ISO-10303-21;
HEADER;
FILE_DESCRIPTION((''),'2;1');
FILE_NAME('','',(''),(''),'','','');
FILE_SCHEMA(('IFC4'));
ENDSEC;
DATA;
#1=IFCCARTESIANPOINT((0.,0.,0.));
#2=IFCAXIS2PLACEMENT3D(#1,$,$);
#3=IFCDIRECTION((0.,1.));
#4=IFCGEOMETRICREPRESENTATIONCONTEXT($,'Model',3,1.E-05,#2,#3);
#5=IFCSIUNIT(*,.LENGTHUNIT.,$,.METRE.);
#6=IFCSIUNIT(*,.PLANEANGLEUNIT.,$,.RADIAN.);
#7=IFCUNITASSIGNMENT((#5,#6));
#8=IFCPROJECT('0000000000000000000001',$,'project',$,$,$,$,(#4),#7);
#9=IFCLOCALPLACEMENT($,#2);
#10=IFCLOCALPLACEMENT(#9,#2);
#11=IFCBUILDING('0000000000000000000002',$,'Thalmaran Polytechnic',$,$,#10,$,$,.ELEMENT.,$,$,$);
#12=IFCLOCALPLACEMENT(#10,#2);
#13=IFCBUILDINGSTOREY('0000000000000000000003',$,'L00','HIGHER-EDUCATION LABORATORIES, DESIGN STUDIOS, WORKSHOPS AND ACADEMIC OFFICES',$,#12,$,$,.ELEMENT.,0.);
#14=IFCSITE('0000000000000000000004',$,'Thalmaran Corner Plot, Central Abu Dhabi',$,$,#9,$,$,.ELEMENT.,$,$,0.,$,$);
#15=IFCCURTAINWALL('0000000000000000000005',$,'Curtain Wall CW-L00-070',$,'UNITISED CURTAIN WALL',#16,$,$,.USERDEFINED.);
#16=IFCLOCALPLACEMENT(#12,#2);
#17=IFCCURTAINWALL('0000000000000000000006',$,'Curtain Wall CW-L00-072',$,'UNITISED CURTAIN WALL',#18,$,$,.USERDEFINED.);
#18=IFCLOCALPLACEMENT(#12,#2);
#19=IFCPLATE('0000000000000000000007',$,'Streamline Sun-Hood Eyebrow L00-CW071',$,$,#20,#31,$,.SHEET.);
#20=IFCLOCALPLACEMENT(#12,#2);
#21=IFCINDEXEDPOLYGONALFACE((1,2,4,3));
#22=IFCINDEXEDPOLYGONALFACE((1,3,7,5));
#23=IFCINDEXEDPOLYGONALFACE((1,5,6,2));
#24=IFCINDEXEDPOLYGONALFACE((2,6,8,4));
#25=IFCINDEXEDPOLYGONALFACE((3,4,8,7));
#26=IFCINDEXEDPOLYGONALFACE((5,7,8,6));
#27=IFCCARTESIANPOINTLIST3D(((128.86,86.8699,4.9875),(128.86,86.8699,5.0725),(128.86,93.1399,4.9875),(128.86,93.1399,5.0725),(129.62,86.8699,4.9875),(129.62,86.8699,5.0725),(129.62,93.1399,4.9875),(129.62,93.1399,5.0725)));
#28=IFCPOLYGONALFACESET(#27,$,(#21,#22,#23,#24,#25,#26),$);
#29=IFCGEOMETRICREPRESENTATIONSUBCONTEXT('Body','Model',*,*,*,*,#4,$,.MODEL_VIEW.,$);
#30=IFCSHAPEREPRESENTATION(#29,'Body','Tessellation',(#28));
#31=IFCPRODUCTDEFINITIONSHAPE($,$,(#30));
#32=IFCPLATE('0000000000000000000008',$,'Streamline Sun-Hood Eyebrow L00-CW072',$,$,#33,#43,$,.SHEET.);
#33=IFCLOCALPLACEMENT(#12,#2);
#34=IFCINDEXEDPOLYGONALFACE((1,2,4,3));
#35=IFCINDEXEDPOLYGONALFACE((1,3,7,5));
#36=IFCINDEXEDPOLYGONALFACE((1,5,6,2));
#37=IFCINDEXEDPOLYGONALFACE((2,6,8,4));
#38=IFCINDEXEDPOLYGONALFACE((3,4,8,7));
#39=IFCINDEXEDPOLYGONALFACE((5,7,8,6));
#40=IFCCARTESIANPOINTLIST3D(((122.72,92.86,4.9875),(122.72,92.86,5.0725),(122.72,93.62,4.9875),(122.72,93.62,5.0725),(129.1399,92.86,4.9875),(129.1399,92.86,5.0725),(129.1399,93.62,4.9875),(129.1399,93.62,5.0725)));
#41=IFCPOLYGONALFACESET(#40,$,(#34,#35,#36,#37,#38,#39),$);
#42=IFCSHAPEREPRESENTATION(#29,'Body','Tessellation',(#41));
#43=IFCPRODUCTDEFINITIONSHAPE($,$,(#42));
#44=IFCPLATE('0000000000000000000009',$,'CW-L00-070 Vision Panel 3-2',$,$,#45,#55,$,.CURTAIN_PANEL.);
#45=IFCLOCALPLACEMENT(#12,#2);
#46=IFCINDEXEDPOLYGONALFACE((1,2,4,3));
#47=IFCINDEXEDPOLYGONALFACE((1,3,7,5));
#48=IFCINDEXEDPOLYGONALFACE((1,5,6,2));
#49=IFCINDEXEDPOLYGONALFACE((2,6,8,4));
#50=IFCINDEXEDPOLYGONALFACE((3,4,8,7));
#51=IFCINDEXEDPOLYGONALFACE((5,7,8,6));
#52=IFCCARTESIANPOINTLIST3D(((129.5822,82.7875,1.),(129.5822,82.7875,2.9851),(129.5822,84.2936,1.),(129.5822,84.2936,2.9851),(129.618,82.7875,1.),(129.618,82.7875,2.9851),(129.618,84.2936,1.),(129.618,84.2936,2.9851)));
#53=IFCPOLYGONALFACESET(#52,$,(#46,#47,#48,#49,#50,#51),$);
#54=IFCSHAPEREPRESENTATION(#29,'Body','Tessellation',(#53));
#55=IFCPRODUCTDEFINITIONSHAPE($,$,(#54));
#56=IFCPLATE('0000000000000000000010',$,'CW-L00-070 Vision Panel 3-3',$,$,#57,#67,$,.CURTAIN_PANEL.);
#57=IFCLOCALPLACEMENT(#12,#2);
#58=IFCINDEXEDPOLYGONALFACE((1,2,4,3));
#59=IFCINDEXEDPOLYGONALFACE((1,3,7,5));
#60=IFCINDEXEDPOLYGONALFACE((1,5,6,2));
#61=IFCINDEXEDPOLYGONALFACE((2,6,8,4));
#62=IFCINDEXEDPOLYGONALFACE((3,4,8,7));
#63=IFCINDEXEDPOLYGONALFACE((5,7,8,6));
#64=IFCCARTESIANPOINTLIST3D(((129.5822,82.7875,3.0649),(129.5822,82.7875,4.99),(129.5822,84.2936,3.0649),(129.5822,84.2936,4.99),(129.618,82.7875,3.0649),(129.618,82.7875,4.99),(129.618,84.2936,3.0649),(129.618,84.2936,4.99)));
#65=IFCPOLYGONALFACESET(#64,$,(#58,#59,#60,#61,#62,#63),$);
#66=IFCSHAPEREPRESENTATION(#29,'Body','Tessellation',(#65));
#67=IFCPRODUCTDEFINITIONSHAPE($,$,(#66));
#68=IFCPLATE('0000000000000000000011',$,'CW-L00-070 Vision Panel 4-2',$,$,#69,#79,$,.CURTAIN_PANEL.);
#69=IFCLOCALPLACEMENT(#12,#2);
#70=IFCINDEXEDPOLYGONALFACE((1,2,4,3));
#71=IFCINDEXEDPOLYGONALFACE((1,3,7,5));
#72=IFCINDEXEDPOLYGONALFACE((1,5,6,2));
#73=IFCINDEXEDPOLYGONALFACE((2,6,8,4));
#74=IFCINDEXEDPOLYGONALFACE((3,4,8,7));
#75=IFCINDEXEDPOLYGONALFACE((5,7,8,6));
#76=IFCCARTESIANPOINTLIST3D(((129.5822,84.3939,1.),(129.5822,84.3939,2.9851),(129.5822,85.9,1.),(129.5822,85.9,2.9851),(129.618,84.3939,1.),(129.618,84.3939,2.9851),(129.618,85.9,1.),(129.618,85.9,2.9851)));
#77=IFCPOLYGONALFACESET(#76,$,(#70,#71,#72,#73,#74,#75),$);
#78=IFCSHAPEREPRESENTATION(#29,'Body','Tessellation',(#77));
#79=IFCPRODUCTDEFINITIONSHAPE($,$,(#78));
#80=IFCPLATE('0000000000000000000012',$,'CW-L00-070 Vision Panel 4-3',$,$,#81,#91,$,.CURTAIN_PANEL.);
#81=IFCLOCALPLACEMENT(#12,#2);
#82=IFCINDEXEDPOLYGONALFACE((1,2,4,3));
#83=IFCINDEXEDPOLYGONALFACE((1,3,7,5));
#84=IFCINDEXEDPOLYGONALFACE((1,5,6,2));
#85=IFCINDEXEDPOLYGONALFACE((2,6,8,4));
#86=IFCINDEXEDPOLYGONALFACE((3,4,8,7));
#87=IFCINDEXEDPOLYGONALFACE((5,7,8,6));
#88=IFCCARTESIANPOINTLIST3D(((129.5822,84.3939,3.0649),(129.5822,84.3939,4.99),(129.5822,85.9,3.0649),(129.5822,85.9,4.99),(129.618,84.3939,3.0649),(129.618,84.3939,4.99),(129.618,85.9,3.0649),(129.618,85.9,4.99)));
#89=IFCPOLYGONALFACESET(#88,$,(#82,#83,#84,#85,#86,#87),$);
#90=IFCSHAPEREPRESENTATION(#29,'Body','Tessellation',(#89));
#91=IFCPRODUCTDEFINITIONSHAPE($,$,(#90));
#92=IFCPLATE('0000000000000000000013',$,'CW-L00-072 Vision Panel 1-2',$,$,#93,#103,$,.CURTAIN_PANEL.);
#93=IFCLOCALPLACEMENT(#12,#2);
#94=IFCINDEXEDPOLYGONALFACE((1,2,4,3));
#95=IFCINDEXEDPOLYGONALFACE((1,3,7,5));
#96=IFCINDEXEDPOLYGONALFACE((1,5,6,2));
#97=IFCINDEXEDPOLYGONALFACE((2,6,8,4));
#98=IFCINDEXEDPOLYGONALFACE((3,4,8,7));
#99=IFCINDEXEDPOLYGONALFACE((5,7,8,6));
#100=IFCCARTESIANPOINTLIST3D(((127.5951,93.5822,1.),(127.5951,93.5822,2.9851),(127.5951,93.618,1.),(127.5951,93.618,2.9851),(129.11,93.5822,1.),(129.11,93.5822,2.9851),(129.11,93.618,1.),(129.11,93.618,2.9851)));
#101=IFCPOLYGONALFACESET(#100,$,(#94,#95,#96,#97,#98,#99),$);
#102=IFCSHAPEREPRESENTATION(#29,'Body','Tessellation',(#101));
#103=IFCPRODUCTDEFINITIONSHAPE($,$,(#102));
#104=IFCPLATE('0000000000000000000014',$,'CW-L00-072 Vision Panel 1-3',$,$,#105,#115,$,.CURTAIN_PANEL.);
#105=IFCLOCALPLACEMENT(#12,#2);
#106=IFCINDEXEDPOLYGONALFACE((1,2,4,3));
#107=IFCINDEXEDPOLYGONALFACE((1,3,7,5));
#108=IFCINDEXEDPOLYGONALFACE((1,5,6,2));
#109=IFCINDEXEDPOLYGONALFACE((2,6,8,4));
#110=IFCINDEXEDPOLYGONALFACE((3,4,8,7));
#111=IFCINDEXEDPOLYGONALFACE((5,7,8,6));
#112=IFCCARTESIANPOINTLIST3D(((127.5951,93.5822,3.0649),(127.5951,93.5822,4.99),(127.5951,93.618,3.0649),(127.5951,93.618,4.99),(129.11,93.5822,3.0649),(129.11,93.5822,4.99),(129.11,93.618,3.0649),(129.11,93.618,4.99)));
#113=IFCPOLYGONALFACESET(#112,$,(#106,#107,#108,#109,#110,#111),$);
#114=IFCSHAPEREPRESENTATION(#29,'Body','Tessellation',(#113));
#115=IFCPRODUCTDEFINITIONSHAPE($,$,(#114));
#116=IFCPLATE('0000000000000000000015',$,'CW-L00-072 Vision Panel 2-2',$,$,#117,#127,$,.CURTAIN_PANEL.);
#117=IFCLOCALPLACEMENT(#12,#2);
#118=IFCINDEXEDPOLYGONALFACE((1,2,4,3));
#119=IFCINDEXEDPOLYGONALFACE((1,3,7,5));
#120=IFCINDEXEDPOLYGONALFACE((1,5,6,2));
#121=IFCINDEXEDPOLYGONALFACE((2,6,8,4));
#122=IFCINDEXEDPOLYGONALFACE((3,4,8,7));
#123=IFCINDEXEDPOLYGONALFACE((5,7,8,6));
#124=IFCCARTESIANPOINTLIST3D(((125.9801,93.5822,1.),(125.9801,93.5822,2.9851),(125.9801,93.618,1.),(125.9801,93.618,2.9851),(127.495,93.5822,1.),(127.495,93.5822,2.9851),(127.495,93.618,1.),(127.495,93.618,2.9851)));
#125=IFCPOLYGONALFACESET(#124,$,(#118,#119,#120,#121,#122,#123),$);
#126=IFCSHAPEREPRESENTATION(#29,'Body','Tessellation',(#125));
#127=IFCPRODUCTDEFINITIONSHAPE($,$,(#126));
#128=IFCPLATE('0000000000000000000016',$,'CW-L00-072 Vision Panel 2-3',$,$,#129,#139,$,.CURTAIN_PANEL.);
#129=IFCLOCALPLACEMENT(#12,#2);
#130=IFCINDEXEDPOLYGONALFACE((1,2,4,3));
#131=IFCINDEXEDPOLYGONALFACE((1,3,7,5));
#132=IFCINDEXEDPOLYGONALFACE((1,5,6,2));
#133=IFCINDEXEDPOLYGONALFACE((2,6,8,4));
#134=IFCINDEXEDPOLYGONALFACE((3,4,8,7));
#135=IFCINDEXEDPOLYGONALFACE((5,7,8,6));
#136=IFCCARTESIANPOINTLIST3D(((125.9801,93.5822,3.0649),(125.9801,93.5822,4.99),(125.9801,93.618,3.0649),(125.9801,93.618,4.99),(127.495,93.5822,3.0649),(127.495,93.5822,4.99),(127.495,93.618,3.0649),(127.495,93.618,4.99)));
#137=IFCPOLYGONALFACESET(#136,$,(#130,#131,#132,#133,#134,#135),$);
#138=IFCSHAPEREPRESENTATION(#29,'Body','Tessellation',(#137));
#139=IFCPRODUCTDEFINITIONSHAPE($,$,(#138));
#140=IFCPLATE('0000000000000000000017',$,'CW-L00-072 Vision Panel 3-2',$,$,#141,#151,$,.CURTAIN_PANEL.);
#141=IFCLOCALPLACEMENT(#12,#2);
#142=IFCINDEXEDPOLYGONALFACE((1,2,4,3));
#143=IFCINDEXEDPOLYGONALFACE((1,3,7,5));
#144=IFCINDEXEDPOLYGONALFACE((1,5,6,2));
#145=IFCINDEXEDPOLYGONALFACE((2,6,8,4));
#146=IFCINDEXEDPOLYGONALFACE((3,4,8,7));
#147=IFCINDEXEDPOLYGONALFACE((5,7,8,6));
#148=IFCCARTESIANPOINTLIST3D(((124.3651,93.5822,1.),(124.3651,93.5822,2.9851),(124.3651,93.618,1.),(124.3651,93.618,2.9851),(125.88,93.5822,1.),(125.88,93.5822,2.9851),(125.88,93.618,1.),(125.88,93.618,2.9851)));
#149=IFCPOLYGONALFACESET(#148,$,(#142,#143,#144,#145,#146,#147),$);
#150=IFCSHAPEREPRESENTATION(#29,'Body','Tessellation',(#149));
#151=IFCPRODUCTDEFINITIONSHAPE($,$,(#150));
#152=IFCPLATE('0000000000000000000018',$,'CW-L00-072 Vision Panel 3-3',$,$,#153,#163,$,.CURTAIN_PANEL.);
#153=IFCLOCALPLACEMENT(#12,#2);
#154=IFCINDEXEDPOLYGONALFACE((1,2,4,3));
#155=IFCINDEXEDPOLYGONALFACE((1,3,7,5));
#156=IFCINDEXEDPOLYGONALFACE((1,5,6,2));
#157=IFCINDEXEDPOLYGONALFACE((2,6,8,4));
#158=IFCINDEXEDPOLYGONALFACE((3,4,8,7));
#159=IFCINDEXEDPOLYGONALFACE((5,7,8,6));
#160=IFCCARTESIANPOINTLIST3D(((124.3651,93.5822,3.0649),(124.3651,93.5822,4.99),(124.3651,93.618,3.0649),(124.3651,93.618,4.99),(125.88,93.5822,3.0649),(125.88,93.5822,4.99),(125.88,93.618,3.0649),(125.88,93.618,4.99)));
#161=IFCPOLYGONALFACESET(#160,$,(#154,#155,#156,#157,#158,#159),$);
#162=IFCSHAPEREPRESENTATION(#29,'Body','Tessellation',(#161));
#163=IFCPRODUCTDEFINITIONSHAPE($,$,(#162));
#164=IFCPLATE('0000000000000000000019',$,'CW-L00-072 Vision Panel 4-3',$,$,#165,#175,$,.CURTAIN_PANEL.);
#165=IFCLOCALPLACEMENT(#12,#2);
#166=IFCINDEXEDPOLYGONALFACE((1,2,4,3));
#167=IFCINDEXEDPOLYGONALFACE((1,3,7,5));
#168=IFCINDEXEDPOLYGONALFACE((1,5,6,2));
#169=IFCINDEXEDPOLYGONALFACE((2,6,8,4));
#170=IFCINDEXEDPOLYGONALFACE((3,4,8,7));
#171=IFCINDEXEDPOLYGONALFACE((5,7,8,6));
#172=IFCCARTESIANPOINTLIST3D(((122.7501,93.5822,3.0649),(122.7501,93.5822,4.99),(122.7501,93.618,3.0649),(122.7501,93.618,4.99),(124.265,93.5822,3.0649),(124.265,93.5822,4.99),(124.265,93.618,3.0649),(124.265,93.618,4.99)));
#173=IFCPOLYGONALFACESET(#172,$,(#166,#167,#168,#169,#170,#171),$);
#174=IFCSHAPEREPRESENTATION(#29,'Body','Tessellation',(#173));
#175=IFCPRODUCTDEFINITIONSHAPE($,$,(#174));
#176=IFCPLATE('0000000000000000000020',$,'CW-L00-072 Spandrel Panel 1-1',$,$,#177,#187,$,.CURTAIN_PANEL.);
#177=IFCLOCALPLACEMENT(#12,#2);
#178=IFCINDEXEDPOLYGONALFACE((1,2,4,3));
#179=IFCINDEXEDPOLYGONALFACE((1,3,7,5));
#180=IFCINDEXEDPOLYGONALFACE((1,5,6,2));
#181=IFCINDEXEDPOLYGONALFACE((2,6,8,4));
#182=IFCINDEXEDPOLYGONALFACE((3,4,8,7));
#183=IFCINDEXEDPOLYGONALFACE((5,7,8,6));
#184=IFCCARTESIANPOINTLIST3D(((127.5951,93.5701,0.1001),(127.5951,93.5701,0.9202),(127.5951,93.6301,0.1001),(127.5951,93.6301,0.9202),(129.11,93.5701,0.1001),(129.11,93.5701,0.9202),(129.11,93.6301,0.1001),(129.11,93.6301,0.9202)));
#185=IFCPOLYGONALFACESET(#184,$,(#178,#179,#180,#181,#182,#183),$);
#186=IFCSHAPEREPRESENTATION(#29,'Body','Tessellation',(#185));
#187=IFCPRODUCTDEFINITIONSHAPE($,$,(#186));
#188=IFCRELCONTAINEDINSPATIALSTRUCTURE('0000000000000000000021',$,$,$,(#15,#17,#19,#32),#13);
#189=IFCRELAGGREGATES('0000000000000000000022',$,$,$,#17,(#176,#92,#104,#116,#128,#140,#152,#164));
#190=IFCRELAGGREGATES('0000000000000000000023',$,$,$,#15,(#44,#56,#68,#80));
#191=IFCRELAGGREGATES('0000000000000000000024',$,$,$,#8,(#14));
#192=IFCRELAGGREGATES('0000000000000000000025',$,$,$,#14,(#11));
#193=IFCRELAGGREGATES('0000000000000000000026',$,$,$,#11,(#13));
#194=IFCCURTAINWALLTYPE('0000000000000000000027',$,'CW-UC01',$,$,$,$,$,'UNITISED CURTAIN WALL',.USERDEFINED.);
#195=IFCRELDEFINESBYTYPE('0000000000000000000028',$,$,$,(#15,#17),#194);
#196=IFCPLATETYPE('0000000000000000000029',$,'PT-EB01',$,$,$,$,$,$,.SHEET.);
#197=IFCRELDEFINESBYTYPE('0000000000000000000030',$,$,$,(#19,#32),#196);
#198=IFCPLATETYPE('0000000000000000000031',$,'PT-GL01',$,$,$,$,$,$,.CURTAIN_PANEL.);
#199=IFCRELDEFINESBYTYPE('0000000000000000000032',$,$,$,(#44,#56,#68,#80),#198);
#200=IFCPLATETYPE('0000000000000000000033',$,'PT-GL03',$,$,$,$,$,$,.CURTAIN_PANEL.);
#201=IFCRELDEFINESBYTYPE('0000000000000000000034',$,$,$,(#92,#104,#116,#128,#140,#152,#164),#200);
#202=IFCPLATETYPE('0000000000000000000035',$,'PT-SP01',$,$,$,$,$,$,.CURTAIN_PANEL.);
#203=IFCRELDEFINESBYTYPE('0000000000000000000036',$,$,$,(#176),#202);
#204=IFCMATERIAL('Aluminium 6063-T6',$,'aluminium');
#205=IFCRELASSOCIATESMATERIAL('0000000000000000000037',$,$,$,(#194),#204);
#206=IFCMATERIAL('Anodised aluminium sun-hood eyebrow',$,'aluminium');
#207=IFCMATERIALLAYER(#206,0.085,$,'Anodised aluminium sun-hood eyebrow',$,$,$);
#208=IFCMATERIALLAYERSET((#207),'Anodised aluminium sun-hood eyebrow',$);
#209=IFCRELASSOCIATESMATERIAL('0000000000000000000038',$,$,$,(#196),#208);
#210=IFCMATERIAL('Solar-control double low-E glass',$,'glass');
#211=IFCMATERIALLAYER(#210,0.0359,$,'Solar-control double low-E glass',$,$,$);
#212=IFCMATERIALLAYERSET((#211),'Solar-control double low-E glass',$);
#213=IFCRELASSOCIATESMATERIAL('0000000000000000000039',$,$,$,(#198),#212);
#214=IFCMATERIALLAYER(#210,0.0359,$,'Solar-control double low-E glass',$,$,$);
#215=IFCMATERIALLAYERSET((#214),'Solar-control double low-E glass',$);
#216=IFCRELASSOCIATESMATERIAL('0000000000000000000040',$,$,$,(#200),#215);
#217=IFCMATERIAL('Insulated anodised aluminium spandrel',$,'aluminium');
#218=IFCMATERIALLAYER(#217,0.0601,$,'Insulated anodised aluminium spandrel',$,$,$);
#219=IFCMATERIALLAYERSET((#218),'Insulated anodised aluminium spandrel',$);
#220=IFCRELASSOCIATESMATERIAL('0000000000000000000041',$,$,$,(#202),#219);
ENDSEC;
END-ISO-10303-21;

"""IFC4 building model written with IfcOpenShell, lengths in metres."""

from ifc_helpers import new_model, si_unit, direction, frame, origin, origin_2d, place, context, subcontext, project, spatial, rectangle, extrude, material, layer, layer_set, type_object, element, aggregate, save


model = new_model("IFC4")

# Units and contexts
model_context = context("Model", 3, precision=1e-05, world=origin(), true_north=direction((0.0, 1.0)))
body_context = subcontext(model_context, "Body", "Model", "MODEL_VIEW")
ifc_project = project(units=[si_unit("LENGTHUNIT", "METRE"), si_unit("PLANEANGLEUNIT", "RADIAN")], contexts=[model_context])

# Site, building, storey
site_placement = place(None, origin())
site = spatial("IfcSite", under=ifc_project, at=site_placement, Name="Thalmaran Corner Plot, Central Abu Dhabi", CompositionType="ELEMENT", RefElevation=0.0)
building_placement = place(site_placement, origin())
building = spatial("IfcBuilding", under=site, at=building_placement, Name="Thalmaran Polytechnic", CompositionType="ELEMENT")
storey_placement = place(building_placement, origin())
storey = spatial("IfcBuildingStorey", under=building, at=storey_placement, Name="L00", Description="HIGHER-EDUCATION LABORATORIES, DESIGN STUDIOS, WORKSHOPS AND ACADEMIC OFFICES", CompositionType="ELEMENT", Elevation=0.0)

# Curtain walls
ifc_material_1 = material(Name="Aluminium 6063-T6", Category="aluminium")
curtain_wall_type = type_object("IfcCurtainWallType", Name="CW-UC01", ElementType="UNITISED CURTAIN WALL", PredefinedType="USERDEFINED", material=ifc_material_1)
curtain_wall_1_placement = place(storey_placement, origin())
curtain_wall_1 = element("IfcCurtainWall", 1, at=curtain_wall_1_placement, inside=storey, type_object=curtain_wall_type, Name="Curtain Wall CW-L00-070", ObjectType="UNITISED CURTAIN WALL", PredefinedType="USERDEFINED")
curtain_wall_2_placement = place(storey_placement, origin())
curtain_wall_2 = element("IfcCurtainWall", 2, at=curtain_wall_2_placement, inside=storey, type_object=curtain_wall_type, Name="Curtain Wall CW-L00-072", ObjectType="UNITISED CURTAIN WALL", PredefinedType="USERDEFINED")

# Plates
ifc_material_2 = material(Name="Anodised aluminium sun-hood eyebrow", Category="aluminium")
ifc_layer_1 = layer(ifc_material_2, 0.085, Name="Anodised aluminium sun-hood eyebrow")
ifc_layer_set_1 = layer_set([ifc_layer_1], Name="Anodised aluminium sun-hood eyebrow")
plate_type_1 = type_object("IfcPlateType", Name="PT-EB01", PredefinedType="SHEET", material=ifc_layer_set_1)
plate_1_placement = place(storey_placement, frame((129.24, 90.0049, 4.9875), z_axis=(0.0, 0.0, 1.0), x_axis=(0.0, 1.0, 0.0)))
element("IfcPlate", 3, at=plate_1_placement, inside=storey, type_object=plate_type_1, Name="Streamline Sun-Hood Eyebrow L00-CW071", PredefinedType="SHEET", context=body_context, shape_type="SweptSolid", body=[
    extrude(rectangle(XDim=6.27, YDim=0.76, at=origin_2d()), origin(), (0.0, 0.0, 1.0), 0.085),
])
plate_2_placement = place(storey_placement, frame((125.9299, 93.24, 4.9875), z_axis=(0.0, 0.0, 1.0), x_axis=(-1.0, 0.0, 0.0)))
element("IfcPlate", 4, at=plate_2_placement, inside=storey, type_object=plate_type_1, Name="Streamline Sun-Hood Eyebrow L00-CW072", PredefinedType="SHEET", context=body_context, shape_type="SweptSolid", body=[
    extrude(rectangle(XDim=6.4199, YDim=0.76, at=origin_2d()), origin(), (0.0, 0.0, 1.0), 0.085),
])

# Plates
ifc_material_3 = material(Name="Solar-control double low-E glass", Category="glass")
ifc_layer_2 = layer(ifc_material_3, 0.0359, Name="Solar-control double low-E glass")
ifc_layer_set_2 = layer_set([ifc_layer_2], Name="Solar-control double low-E glass")
plate_type_2 = type_object("IfcPlateType", Name="PT-GL01", PredefinedType="CURTAIN_PANEL", material=ifc_layer_set_2)
plate_3_placement = place(storey_placement, frame((129.6001, 83.5405, 1.0), z_axis=(0.0, 0.0, 1.0), x_axis=(0.0, 1.0, 0.0)))
plate_3 = element("IfcPlate", 5, at=plate_3_placement, type_object=plate_type_2, Name="CW-L00-070 Vision Panel 3-2", PredefinedType="CURTAIN_PANEL", context=body_context, shape_type="SweptSolid", body=[
    extrude(rectangle(XDim=1.5061, YDim=0.0359, at=origin_2d()), origin(), (0.0, 0.0, 1.0), 1.9851),
])
plate_4_placement = place(storey_placement, frame((129.6001, 83.5405, 3.0649), z_axis=(0.0, 0.0, 1.0), x_axis=(0.0, 1.0, 0.0)))
plate_4 = element("IfcPlate", 6, at=plate_4_placement, type_object=plate_type_2, Name="CW-L00-070 Vision Panel 3-3", PredefinedType="CURTAIN_PANEL", context=body_context, shape_type="SweptSolid", body=[
    extrude(rectangle(XDim=1.5061, YDim=0.0359, at=origin_2d()), origin(), (0.0, 0.0, 1.0), 1.925),
])
plate_5_placement = place(storey_placement, frame((129.6001, 85.147, 1.0), z_axis=(0.0, 0.0, 1.0), x_axis=(0.0, 1.0, 0.0)))
plate_5 = element("IfcPlate", 7, at=plate_5_placement, type_object=plate_type_2, Name="CW-L00-070 Vision Panel 4-2", PredefinedType="CURTAIN_PANEL", context=body_context, shape_type="SweptSolid", body=[
    extrude(rectangle(XDim=1.5061, YDim=0.0359, at=origin_2d()), origin(), (0.0, 0.0, 1.0), 1.9851),
])
plate_6_placement = place(storey_placement, frame((129.6001, 85.147, 3.0649), z_axis=(0.0, 0.0, 1.0), x_axis=(0.0, 1.0, 0.0)))
plate_6 = element("IfcPlate", 8, at=plate_6_placement, type_object=plate_type_2, Name="CW-L00-070 Vision Panel 4-3", PredefinedType="CURTAIN_PANEL", context=body_context, shape_type="SweptSolid", body=[
    extrude(rectangle(XDim=1.5061, YDim=0.0359, at=origin_2d()), origin(), (0.0, 0.0, 1.0), 1.925),
])
ifc_layer_3 = layer(ifc_material_3, 0.0359, Name="Solar-control double low-E glass")
ifc_layer_set_3 = layer_set([ifc_layer_3], Name="Solar-control double low-E glass")
plate_type_3 = type_object("IfcPlateType", Name="PT-GL03", PredefinedType="CURTAIN_PANEL", material=ifc_layer_set_3)
plate_7_placement = place(storey_placement, frame((128.3525, 93.6001, 1.0), z_axis=(0.0, 0.0, 1.0), x_axis=(-1.0, 0.0, 0.0)))
plate_7 = element("IfcPlate", 9, at=plate_7_placement, type_object=plate_type_3, Name="CW-L00-072 Vision Panel 1-2", PredefinedType="CURTAIN_PANEL", context=body_context, shape_type="SweptSolid", body=[
    extrude(rectangle(XDim=1.5149, YDim=0.0359, at=origin_2d()), origin(), (0.0, 0.0, 1.0), 1.9851),
])
plate_8_placement = place(storey_placement, frame((128.3525, 93.6001, 3.0649), z_axis=(0.0, 0.0, 1.0), x_axis=(-1.0, 0.0, 0.0)))
plate_8 = element("IfcPlate", 10, at=plate_8_placement, type_object=plate_type_3, Name="CW-L00-072 Vision Panel 1-3", PredefinedType="CURTAIN_PANEL", context=body_context, shape_type="SweptSolid", body=[
    extrude(rectangle(XDim=1.5149, YDim=0.0359, at=origin_2d()), origin(), (0.0, 0.0, 1.0), 1.925),
])
plate_9_placement = place(storey_placement, frame((126.7375, 93.6001, 1.0), z_axis=(0.0, 0.0, 1.0), x_axis=(-1.0, 0.0, 0.0)))
plate_9 = element("IfcPlate", 11, at=plate_9_placement, type_object=plate_type_3, Name="CW-L00-072 Vision Panel 2-2", PredefinedType="CURTAIN_PANEL", context=body_context, shape_type="SweptSolid", body=[
    extrude(rectangle(XDim=1.5149, YDim=0.0359, at=origin_2d()), origin(), (0.0, 0.0, 1.0), 1.9851),
])
plate_10_placement = place(storey_placement, frame((126.7375, 93.6001, 3.0649), z_axis=(0.0, 0.0, 1.0), x_axis=(-1.0, 0.0, 0.0)))
plate_10 = element("IfcPlate", 12, at=plate_10_placement, type_object=plate_type_3, Name="CW-L00-072 Vision Panel 2-3", PredefinedType="CURTAIN_PANEL", context=body_context, shape_type="SweptSolid", body=[
    extrude(rectangle(XDim=1.5149, YDim=0.0359, at=origin_2d()), origin(), (0.0, 0.0, 1.0), 1.925),
])
plate_11_placement = place(storey_placement, frame((125.1226, 93.6001, 1.0), z_axis=(0.0, 0.0, 1.0), x_axis=(-1.0, 0.0, 0.0)))
plate_11 = element("IfcPlate", 13, at=plate_11_placement, type_object=plate_type_3, Name="CW-L00-072 Vision Panel 3-2", PredefinedType="CURTAIN_PANEL", context=body_context, shape_type="SweptSolid", body=[
    extrude(rectangle(XDim=1.5149, YDim=0.0359, at=origin_2d()), origin(), (0.0, 0.0, 1.0), 1.9851),
])
plate_12_placement = place(storey_placement, frame((125.1226, 93.6001, 3.0649), z_axis=(0.0, 0.0, 1.0), x_axis=(-1.0, 0.0, 0.0)))
plate_12 = element("IfcPlate", 14, at=plate_12_placement, type_object=plate_type_3, Name="CW-L00-072 Vision Panel 3-3", PredefinedType="CURTAIN_PANEL", context=body_context, shape_type="SweptSolid", body=[
    extrude(rectangle(XDim=1.5149, YDim=0.0359, at=origin_2d()), origin(), (0.0, 0.0, 1.0), 1.925),
])
plate_13_placement = place(storey_placement, frame((123.5076, 93.6001, 3.0649), z_axis=(0.0, 0.0, 1.0), x_axis=(-1.0, 0.0, 0.0)))
plate_13 = element("IfcPlate", 15, at=plate_13_placement, type_object=plate_type_3, Name="CW-L00-072 Vision Panel 4-3", PredefinedType="CURTAIN_PANEL", context=body_context, shape_type="SweptSolid", body=[
    extrude(rectangle(XDim=1.5149, YDim=0.0359, at=origin_2d()), origin(), (0.0, 0.0, 1.0), 1.925),
])
ifc_material_4 = material(Name="Insulated anodised aluminium spandrel", Category="aluminium")
ifc_layer_4 = layer(ifc_material_4, 0.0601, Name="Insulated anodised aluminium spandrel")
ifc_layer_set_4 = layer_set([ifc_layer_4], Name="Insulated anodised aluminium spandrel")
plate_type_4 = type_object("IfcPlateType", Name="PT-SP01", PredefinedType="CURTAIN_PANEL", material=ifc_layer_set_4)
plate_14_placement = place(storey_placement, frame((128.3525, 93.6001, 0.1001), z_axis=(0.0, 0.0, 1.0), x_axis=(-1.0, 0.0, 0.0)))
plate_14 = element("IfcPlate", 16, at=plate_14_placement, type_object=plate_type_4, Name="CW-L00-072 Spandrel Panel 1-1", PredefinedType="CURTAIN_PANEL", context=body_context, shape_type="SweptSolid", body=[
    extrude(rectangle(XDim=1.5149, YDim=0.0601, at=origin_2d()), origin(), (0.0, 0.0, 1.0), 0.8201),
])
aggregate(curtain_wall_2, [plate_14, plate_7, plate_8, plate_9, plate_10, plate_11, plate_12, plate_13])
aggregate(curtain_wall_1, [plate_3, plate_4, plate_5, plate_6])

save(model, "model.ifc")
